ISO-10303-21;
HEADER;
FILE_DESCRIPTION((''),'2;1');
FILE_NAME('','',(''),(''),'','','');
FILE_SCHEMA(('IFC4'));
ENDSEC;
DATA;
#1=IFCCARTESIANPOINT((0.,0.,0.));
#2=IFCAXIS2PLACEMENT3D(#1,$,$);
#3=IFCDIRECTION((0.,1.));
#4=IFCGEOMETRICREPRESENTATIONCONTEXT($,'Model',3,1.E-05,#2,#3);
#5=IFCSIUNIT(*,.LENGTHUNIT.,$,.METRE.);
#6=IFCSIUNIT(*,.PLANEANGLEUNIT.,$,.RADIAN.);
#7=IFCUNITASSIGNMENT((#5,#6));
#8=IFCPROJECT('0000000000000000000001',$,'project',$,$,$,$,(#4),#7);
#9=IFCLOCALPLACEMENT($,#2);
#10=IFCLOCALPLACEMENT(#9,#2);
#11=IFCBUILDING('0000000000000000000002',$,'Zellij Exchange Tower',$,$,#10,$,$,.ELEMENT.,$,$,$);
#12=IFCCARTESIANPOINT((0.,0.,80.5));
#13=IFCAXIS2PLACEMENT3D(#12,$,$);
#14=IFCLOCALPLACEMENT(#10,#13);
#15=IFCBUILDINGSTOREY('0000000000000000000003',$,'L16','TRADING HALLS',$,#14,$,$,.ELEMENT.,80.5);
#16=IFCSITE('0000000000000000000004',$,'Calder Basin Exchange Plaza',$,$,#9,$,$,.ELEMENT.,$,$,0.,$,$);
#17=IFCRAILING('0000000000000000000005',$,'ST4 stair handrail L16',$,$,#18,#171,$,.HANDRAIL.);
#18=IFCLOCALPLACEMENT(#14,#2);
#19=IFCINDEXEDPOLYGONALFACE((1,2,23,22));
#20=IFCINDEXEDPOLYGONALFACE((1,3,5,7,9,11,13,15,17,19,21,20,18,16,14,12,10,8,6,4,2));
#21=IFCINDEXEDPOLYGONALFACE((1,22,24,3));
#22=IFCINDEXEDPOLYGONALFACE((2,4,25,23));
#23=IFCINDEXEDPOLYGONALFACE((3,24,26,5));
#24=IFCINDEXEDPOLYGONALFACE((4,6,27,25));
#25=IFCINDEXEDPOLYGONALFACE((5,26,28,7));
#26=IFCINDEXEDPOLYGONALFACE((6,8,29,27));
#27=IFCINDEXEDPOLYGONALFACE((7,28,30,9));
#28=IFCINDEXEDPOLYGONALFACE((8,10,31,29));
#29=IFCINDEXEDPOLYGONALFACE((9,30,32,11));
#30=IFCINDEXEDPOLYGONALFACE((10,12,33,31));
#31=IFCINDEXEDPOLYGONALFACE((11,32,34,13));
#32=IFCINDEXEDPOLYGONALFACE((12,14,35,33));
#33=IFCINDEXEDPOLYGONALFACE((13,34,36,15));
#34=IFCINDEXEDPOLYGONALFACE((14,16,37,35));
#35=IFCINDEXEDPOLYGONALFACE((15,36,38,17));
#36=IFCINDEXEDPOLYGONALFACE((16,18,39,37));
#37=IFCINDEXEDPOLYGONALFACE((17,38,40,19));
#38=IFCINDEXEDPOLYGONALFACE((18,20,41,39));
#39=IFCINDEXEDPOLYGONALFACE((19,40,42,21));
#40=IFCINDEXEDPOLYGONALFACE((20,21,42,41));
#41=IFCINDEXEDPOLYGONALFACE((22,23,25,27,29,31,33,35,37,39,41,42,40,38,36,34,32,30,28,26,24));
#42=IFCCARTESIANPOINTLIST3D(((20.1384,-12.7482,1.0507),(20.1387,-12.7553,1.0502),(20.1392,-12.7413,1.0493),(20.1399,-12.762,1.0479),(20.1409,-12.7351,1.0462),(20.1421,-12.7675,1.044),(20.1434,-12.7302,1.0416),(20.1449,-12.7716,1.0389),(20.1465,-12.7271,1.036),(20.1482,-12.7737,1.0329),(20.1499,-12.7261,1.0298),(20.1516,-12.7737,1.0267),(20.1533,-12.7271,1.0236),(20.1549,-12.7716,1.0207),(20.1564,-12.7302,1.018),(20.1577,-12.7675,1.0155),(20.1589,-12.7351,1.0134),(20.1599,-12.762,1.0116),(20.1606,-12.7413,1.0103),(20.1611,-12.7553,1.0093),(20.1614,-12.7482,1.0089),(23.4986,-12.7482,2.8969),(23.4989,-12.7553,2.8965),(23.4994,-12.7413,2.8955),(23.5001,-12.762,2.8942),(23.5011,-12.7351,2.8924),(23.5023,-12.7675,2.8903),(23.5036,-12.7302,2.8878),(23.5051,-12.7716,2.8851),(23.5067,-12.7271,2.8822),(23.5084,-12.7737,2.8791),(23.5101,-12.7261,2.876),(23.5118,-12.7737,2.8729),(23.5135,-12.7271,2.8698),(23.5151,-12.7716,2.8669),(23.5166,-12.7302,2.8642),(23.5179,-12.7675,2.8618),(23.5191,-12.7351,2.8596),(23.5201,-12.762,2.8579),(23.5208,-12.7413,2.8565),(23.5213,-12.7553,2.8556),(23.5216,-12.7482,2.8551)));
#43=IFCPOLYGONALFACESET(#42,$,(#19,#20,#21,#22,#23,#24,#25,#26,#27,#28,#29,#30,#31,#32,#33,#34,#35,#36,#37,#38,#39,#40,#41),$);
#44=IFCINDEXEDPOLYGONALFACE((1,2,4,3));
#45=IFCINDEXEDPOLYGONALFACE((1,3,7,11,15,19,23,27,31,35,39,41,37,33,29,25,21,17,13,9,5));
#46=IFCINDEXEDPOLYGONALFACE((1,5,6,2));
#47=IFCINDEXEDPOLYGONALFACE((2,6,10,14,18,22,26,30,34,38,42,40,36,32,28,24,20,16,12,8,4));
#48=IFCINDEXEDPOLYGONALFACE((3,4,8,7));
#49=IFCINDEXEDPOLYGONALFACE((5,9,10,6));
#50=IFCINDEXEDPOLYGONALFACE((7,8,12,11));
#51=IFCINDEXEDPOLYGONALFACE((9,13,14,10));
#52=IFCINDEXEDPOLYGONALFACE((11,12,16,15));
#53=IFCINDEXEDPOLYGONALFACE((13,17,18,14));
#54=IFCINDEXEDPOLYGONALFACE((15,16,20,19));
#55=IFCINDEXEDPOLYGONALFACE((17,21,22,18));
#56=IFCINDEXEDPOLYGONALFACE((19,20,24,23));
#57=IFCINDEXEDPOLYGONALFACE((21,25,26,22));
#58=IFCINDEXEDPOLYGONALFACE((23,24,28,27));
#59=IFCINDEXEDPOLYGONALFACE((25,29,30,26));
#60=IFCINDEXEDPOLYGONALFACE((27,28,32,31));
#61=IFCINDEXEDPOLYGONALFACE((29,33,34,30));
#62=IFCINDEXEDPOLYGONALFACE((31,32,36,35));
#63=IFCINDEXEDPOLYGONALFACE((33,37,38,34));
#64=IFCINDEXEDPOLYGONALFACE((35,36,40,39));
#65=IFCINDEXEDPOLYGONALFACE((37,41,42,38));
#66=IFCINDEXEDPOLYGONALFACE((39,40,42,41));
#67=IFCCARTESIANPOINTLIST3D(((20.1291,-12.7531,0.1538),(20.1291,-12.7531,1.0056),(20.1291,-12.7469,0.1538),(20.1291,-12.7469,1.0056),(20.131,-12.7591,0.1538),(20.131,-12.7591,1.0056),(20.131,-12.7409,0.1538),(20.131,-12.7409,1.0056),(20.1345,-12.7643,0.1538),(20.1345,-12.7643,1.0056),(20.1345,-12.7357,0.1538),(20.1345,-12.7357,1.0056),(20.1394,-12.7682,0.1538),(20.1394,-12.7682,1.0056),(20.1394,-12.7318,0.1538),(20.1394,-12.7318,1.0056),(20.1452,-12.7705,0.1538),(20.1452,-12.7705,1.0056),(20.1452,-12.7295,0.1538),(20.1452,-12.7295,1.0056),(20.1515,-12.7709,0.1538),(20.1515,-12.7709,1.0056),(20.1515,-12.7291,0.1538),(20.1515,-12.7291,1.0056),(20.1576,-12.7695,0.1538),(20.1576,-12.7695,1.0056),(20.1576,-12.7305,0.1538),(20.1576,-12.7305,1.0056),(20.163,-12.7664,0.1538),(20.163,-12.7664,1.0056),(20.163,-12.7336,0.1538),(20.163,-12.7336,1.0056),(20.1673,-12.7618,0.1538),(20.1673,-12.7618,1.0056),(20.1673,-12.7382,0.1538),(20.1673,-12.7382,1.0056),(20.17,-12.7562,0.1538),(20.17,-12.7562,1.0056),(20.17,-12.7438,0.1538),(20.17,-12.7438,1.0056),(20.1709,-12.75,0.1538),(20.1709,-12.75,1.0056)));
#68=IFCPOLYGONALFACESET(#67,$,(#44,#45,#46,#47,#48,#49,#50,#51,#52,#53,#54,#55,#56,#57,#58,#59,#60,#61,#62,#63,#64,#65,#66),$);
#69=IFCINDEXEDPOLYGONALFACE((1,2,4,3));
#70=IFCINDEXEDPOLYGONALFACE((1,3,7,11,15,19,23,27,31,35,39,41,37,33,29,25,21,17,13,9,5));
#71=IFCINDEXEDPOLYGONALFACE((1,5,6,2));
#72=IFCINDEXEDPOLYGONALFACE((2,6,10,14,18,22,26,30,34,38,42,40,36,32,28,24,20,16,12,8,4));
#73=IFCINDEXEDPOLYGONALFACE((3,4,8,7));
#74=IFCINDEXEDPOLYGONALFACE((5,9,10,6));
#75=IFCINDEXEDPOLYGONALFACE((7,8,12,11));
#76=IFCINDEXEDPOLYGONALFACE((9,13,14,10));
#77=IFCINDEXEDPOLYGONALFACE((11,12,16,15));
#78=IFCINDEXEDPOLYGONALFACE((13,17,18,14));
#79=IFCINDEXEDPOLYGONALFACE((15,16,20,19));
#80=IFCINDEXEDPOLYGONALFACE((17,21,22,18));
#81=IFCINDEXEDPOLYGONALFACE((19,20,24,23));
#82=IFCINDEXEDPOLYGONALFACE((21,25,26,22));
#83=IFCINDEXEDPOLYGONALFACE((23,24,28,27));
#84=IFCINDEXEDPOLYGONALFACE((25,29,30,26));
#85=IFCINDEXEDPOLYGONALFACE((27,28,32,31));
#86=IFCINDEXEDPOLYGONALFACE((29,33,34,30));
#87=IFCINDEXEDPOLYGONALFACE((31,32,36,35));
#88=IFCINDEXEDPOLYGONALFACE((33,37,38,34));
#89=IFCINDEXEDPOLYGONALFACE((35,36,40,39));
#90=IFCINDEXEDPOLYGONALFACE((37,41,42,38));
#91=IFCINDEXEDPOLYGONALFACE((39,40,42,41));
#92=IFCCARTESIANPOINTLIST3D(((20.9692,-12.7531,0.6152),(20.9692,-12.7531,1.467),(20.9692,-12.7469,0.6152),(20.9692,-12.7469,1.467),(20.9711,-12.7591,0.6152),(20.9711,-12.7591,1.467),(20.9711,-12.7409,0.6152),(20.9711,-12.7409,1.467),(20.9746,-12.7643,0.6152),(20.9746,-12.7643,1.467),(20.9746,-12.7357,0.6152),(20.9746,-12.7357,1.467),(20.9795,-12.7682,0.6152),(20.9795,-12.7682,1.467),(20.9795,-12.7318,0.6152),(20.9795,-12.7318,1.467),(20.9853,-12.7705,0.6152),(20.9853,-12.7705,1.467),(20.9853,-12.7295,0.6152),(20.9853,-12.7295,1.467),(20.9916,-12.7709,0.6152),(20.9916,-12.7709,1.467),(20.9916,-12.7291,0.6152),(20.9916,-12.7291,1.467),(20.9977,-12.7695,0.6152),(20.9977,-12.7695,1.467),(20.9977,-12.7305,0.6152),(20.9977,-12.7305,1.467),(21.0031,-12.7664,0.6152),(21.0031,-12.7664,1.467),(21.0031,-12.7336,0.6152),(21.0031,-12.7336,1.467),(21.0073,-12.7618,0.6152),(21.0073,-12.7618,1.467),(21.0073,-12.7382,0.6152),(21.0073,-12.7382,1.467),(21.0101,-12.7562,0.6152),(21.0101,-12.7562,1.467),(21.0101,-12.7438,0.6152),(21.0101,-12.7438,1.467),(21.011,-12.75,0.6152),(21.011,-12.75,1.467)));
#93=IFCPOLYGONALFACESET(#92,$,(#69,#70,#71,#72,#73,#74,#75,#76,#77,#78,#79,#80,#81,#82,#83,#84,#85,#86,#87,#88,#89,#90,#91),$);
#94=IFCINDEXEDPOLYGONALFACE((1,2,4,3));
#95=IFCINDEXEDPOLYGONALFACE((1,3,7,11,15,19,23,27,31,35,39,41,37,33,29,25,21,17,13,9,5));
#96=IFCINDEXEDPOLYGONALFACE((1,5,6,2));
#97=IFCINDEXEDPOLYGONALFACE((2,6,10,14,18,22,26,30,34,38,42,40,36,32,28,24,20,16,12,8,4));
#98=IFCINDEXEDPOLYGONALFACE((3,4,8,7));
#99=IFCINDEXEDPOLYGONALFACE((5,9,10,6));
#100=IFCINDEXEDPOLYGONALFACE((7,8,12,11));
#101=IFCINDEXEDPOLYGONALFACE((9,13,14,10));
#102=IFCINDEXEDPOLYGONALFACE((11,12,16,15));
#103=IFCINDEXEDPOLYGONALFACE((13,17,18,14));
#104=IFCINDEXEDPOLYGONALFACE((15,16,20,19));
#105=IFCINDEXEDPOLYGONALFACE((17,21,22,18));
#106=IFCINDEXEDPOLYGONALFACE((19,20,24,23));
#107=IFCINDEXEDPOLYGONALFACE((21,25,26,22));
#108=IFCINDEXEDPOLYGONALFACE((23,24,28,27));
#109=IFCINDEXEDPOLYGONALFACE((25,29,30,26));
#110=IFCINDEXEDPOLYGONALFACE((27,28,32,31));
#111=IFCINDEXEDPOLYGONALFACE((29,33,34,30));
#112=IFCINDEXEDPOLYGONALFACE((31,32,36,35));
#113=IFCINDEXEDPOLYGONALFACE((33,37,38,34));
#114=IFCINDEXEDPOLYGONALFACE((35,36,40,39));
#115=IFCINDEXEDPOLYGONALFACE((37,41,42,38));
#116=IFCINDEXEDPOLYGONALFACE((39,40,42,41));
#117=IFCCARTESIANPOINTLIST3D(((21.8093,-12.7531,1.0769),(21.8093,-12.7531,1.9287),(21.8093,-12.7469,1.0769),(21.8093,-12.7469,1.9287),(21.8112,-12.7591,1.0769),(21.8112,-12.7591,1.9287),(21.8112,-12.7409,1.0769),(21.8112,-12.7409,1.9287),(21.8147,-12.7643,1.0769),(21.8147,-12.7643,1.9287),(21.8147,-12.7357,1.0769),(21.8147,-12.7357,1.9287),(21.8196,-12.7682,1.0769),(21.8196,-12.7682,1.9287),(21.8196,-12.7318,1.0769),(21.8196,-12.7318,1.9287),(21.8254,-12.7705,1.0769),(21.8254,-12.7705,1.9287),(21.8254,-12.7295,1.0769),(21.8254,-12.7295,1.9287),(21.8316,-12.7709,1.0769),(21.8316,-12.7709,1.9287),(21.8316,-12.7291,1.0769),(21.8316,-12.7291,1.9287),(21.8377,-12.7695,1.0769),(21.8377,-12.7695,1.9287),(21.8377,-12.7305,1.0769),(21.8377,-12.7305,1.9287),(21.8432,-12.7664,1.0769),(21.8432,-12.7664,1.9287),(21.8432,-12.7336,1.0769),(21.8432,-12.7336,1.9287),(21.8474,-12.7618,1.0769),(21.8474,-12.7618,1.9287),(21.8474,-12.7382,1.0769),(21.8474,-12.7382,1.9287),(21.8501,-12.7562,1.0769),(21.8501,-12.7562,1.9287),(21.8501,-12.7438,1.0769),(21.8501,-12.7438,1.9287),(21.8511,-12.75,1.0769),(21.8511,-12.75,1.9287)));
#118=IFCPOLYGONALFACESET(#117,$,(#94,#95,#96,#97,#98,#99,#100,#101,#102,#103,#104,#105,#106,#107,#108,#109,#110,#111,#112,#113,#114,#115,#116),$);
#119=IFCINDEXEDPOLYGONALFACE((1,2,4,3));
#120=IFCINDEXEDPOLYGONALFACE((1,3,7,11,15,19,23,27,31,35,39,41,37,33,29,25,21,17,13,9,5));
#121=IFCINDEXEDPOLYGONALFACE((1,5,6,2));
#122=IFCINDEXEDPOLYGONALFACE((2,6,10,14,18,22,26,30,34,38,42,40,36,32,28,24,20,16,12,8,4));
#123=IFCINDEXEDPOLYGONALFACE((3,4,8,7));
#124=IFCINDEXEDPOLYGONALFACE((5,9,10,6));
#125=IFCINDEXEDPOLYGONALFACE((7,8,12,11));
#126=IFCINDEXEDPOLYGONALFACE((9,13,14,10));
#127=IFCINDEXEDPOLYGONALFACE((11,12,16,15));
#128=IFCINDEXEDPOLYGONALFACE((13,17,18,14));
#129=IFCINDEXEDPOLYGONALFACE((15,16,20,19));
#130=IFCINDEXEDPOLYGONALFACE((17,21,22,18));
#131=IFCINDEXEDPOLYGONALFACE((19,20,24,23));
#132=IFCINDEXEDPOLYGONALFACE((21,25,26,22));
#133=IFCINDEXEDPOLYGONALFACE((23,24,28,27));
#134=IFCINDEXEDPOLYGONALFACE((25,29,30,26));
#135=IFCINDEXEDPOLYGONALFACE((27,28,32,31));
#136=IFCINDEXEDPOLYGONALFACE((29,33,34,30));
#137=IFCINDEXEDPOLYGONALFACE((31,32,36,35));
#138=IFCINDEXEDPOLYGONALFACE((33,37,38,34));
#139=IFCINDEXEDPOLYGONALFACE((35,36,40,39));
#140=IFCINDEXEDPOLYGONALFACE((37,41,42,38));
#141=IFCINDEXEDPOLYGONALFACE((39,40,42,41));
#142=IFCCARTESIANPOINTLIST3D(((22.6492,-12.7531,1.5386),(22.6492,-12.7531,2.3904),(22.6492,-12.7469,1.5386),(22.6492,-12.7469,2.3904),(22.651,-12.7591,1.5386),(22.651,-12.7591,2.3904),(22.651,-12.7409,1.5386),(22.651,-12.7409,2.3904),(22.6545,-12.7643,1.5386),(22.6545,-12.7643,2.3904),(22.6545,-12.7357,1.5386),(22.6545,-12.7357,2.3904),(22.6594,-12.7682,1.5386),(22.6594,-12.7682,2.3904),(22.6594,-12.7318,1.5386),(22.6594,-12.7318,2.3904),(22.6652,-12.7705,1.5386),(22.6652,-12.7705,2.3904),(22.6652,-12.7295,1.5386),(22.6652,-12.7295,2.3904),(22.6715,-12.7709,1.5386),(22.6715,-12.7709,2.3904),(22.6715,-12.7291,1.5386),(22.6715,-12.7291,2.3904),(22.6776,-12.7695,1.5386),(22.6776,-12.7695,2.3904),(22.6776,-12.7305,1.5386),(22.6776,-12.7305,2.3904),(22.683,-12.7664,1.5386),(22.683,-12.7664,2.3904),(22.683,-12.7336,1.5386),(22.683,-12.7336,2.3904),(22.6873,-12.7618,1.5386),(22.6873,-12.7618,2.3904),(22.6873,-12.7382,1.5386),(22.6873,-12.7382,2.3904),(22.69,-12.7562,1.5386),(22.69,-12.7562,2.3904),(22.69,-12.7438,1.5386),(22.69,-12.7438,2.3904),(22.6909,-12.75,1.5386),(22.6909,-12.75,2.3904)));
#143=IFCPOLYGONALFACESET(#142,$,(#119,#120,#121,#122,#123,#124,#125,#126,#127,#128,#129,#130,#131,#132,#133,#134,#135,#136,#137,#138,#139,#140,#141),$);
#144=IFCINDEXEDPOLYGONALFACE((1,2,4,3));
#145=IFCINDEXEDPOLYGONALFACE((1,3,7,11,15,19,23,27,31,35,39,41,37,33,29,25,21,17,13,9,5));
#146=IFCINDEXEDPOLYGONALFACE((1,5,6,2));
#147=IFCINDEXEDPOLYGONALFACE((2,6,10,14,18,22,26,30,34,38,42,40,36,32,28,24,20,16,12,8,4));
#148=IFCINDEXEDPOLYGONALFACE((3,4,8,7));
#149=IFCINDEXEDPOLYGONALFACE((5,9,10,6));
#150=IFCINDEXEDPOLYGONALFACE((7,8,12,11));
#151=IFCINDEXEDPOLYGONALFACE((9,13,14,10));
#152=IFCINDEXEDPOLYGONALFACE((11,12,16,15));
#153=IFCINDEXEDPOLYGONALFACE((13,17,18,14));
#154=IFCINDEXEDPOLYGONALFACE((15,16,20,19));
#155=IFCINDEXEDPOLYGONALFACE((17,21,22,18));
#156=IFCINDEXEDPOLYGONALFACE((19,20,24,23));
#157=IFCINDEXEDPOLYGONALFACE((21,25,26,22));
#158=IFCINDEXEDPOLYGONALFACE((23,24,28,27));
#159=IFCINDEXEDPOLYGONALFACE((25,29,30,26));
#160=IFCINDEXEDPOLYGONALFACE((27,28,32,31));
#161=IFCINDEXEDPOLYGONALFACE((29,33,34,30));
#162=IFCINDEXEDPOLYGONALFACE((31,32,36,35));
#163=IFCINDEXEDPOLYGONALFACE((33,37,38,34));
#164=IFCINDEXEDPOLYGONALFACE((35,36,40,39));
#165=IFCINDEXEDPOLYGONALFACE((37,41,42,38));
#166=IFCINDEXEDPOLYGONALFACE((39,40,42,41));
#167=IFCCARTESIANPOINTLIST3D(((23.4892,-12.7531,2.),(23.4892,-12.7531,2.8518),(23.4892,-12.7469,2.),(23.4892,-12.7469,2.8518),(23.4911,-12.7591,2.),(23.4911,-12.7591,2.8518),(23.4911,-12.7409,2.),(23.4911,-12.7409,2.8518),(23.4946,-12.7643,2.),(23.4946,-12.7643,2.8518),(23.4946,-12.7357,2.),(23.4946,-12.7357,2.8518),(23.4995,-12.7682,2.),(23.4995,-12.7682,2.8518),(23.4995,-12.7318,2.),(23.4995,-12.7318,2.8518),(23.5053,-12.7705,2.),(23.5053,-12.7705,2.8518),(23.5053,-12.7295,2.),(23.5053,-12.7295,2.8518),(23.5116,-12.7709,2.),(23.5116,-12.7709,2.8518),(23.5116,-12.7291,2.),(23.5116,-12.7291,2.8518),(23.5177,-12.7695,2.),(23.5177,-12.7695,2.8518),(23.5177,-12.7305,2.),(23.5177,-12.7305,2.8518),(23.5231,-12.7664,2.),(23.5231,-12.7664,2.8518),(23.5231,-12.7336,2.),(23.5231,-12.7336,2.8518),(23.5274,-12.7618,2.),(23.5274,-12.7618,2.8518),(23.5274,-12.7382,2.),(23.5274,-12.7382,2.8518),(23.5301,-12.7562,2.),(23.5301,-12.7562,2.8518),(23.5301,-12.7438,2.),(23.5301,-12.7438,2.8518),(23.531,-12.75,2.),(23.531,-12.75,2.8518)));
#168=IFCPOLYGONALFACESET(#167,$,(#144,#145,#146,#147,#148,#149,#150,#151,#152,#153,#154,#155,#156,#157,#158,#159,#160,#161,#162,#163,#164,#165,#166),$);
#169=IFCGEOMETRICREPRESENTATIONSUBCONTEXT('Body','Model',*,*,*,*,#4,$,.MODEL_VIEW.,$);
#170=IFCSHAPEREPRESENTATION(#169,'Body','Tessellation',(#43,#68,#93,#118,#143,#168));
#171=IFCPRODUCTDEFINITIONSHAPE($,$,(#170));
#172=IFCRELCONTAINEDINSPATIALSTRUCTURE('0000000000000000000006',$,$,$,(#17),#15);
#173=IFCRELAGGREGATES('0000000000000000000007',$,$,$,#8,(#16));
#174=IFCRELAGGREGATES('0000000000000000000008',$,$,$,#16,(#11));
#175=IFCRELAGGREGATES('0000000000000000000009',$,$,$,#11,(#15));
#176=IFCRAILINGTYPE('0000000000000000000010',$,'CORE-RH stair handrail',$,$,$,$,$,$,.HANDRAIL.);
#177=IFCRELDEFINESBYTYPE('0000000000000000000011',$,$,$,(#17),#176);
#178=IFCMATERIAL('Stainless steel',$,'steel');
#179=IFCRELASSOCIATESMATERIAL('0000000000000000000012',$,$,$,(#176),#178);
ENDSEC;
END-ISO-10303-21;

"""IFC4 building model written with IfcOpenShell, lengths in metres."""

from ifc_helpers import new_model, si_unit, direction, frame, origin, origin_2d, place, context, subcontext, project, spatial, circle, extrude, material, type_object, element, save


model = new_model("IFC4")

# Units and contexts
model_context = context("Model", 3, precision=1e-05, world=origin(), true_north=direction((0.0, 1.0)))
body_context = subcontext(model_context, "Body", "Model", "MODEL_VIEW")
ifc_project = project(units=[si_unit("LENGTHUNIT", "METRE"), si_unit("PLANEANGLEUNIT", "RADIAN")], contexts=[model_context])

# Site, building, storey
site_placement = place(None, origin())
site = spatial("IfcSite", under=ifc_project, at=site_placement, Name="Calder Basin Exchange Plaza", CompositionType="ELEMENT", RefElevation=0.0)
building_placement = place(site_placement, origin())
building = spatial("IfcBuilding", under=site, at=building_placement, Name="Zellij Exchange Tower", CompositionType="ELEMENT")
storey_placement = place(building_placement, frame((0.0, 0.0, 80.5)))
storey = spatial("IfcBuildingStorey", under=building, at=storey_placement, Name="L16", Description="TRADING HALLS", CompositionType="ELEMENT", Elevation=80.5)

# Railing
ifc_material_1 = material(Name="Stainless steel", Category="steel")
railing_type = type_object("IfcRailingType", Name="CORE-RH stair handrail", PredefinedType="HANDRAIL", material=ifc_material_1)
railing_1_placement = place(storey_placement, frame((20.1499, -12.75, 0.1538)))
element("IfcRailing", 1, at=railing_1_placement, inside=storey, type_object=railing_type, Name="ST4 stair handrail L16", PredefinedType="HANDRAIL", context=body_context, shape_type="SweptSolid", body=[
    extrude(circle(Radius=0.0239, at=origin_2d()), frame((0.0, 0.0, 0.876), z_axis=(0.876422, 0.0, 0.481545), x_axis=(0.0, 1.0, 0.0)), (0.0, 0.0, 1.0), 3.834),
    extrude(circle(Radius=0.021, at=origin_2d()), origin(), (0.0, 0.0, 1.0), 0.8518),
    extrude(circle(Radius=0.021, at=origin_2d()), frame((0.8401, 0.0, 0.4614)), (0.0, 0.0, 1.0), 0.8518),
    extrude(circle(Radius=0.021, at=origin_2d()), frame((1.6802, 0.0, 0.9231)), (0.0, 0.0, 1.0), 0.8518),
    extrude(circle(Radius=0.021, at=origin_2d()), frame((2.52, 0.0, 1.3848)), (0.0, 0.0, 1.0), 0.8518),
    extrude(circle(Radius=0.021, at=origin_2d()), frame((3.3601, 0.0, 1.8462)), (0.0, 0.0, 1.0), 0.8518),
])

save(model, "model.ifc")
